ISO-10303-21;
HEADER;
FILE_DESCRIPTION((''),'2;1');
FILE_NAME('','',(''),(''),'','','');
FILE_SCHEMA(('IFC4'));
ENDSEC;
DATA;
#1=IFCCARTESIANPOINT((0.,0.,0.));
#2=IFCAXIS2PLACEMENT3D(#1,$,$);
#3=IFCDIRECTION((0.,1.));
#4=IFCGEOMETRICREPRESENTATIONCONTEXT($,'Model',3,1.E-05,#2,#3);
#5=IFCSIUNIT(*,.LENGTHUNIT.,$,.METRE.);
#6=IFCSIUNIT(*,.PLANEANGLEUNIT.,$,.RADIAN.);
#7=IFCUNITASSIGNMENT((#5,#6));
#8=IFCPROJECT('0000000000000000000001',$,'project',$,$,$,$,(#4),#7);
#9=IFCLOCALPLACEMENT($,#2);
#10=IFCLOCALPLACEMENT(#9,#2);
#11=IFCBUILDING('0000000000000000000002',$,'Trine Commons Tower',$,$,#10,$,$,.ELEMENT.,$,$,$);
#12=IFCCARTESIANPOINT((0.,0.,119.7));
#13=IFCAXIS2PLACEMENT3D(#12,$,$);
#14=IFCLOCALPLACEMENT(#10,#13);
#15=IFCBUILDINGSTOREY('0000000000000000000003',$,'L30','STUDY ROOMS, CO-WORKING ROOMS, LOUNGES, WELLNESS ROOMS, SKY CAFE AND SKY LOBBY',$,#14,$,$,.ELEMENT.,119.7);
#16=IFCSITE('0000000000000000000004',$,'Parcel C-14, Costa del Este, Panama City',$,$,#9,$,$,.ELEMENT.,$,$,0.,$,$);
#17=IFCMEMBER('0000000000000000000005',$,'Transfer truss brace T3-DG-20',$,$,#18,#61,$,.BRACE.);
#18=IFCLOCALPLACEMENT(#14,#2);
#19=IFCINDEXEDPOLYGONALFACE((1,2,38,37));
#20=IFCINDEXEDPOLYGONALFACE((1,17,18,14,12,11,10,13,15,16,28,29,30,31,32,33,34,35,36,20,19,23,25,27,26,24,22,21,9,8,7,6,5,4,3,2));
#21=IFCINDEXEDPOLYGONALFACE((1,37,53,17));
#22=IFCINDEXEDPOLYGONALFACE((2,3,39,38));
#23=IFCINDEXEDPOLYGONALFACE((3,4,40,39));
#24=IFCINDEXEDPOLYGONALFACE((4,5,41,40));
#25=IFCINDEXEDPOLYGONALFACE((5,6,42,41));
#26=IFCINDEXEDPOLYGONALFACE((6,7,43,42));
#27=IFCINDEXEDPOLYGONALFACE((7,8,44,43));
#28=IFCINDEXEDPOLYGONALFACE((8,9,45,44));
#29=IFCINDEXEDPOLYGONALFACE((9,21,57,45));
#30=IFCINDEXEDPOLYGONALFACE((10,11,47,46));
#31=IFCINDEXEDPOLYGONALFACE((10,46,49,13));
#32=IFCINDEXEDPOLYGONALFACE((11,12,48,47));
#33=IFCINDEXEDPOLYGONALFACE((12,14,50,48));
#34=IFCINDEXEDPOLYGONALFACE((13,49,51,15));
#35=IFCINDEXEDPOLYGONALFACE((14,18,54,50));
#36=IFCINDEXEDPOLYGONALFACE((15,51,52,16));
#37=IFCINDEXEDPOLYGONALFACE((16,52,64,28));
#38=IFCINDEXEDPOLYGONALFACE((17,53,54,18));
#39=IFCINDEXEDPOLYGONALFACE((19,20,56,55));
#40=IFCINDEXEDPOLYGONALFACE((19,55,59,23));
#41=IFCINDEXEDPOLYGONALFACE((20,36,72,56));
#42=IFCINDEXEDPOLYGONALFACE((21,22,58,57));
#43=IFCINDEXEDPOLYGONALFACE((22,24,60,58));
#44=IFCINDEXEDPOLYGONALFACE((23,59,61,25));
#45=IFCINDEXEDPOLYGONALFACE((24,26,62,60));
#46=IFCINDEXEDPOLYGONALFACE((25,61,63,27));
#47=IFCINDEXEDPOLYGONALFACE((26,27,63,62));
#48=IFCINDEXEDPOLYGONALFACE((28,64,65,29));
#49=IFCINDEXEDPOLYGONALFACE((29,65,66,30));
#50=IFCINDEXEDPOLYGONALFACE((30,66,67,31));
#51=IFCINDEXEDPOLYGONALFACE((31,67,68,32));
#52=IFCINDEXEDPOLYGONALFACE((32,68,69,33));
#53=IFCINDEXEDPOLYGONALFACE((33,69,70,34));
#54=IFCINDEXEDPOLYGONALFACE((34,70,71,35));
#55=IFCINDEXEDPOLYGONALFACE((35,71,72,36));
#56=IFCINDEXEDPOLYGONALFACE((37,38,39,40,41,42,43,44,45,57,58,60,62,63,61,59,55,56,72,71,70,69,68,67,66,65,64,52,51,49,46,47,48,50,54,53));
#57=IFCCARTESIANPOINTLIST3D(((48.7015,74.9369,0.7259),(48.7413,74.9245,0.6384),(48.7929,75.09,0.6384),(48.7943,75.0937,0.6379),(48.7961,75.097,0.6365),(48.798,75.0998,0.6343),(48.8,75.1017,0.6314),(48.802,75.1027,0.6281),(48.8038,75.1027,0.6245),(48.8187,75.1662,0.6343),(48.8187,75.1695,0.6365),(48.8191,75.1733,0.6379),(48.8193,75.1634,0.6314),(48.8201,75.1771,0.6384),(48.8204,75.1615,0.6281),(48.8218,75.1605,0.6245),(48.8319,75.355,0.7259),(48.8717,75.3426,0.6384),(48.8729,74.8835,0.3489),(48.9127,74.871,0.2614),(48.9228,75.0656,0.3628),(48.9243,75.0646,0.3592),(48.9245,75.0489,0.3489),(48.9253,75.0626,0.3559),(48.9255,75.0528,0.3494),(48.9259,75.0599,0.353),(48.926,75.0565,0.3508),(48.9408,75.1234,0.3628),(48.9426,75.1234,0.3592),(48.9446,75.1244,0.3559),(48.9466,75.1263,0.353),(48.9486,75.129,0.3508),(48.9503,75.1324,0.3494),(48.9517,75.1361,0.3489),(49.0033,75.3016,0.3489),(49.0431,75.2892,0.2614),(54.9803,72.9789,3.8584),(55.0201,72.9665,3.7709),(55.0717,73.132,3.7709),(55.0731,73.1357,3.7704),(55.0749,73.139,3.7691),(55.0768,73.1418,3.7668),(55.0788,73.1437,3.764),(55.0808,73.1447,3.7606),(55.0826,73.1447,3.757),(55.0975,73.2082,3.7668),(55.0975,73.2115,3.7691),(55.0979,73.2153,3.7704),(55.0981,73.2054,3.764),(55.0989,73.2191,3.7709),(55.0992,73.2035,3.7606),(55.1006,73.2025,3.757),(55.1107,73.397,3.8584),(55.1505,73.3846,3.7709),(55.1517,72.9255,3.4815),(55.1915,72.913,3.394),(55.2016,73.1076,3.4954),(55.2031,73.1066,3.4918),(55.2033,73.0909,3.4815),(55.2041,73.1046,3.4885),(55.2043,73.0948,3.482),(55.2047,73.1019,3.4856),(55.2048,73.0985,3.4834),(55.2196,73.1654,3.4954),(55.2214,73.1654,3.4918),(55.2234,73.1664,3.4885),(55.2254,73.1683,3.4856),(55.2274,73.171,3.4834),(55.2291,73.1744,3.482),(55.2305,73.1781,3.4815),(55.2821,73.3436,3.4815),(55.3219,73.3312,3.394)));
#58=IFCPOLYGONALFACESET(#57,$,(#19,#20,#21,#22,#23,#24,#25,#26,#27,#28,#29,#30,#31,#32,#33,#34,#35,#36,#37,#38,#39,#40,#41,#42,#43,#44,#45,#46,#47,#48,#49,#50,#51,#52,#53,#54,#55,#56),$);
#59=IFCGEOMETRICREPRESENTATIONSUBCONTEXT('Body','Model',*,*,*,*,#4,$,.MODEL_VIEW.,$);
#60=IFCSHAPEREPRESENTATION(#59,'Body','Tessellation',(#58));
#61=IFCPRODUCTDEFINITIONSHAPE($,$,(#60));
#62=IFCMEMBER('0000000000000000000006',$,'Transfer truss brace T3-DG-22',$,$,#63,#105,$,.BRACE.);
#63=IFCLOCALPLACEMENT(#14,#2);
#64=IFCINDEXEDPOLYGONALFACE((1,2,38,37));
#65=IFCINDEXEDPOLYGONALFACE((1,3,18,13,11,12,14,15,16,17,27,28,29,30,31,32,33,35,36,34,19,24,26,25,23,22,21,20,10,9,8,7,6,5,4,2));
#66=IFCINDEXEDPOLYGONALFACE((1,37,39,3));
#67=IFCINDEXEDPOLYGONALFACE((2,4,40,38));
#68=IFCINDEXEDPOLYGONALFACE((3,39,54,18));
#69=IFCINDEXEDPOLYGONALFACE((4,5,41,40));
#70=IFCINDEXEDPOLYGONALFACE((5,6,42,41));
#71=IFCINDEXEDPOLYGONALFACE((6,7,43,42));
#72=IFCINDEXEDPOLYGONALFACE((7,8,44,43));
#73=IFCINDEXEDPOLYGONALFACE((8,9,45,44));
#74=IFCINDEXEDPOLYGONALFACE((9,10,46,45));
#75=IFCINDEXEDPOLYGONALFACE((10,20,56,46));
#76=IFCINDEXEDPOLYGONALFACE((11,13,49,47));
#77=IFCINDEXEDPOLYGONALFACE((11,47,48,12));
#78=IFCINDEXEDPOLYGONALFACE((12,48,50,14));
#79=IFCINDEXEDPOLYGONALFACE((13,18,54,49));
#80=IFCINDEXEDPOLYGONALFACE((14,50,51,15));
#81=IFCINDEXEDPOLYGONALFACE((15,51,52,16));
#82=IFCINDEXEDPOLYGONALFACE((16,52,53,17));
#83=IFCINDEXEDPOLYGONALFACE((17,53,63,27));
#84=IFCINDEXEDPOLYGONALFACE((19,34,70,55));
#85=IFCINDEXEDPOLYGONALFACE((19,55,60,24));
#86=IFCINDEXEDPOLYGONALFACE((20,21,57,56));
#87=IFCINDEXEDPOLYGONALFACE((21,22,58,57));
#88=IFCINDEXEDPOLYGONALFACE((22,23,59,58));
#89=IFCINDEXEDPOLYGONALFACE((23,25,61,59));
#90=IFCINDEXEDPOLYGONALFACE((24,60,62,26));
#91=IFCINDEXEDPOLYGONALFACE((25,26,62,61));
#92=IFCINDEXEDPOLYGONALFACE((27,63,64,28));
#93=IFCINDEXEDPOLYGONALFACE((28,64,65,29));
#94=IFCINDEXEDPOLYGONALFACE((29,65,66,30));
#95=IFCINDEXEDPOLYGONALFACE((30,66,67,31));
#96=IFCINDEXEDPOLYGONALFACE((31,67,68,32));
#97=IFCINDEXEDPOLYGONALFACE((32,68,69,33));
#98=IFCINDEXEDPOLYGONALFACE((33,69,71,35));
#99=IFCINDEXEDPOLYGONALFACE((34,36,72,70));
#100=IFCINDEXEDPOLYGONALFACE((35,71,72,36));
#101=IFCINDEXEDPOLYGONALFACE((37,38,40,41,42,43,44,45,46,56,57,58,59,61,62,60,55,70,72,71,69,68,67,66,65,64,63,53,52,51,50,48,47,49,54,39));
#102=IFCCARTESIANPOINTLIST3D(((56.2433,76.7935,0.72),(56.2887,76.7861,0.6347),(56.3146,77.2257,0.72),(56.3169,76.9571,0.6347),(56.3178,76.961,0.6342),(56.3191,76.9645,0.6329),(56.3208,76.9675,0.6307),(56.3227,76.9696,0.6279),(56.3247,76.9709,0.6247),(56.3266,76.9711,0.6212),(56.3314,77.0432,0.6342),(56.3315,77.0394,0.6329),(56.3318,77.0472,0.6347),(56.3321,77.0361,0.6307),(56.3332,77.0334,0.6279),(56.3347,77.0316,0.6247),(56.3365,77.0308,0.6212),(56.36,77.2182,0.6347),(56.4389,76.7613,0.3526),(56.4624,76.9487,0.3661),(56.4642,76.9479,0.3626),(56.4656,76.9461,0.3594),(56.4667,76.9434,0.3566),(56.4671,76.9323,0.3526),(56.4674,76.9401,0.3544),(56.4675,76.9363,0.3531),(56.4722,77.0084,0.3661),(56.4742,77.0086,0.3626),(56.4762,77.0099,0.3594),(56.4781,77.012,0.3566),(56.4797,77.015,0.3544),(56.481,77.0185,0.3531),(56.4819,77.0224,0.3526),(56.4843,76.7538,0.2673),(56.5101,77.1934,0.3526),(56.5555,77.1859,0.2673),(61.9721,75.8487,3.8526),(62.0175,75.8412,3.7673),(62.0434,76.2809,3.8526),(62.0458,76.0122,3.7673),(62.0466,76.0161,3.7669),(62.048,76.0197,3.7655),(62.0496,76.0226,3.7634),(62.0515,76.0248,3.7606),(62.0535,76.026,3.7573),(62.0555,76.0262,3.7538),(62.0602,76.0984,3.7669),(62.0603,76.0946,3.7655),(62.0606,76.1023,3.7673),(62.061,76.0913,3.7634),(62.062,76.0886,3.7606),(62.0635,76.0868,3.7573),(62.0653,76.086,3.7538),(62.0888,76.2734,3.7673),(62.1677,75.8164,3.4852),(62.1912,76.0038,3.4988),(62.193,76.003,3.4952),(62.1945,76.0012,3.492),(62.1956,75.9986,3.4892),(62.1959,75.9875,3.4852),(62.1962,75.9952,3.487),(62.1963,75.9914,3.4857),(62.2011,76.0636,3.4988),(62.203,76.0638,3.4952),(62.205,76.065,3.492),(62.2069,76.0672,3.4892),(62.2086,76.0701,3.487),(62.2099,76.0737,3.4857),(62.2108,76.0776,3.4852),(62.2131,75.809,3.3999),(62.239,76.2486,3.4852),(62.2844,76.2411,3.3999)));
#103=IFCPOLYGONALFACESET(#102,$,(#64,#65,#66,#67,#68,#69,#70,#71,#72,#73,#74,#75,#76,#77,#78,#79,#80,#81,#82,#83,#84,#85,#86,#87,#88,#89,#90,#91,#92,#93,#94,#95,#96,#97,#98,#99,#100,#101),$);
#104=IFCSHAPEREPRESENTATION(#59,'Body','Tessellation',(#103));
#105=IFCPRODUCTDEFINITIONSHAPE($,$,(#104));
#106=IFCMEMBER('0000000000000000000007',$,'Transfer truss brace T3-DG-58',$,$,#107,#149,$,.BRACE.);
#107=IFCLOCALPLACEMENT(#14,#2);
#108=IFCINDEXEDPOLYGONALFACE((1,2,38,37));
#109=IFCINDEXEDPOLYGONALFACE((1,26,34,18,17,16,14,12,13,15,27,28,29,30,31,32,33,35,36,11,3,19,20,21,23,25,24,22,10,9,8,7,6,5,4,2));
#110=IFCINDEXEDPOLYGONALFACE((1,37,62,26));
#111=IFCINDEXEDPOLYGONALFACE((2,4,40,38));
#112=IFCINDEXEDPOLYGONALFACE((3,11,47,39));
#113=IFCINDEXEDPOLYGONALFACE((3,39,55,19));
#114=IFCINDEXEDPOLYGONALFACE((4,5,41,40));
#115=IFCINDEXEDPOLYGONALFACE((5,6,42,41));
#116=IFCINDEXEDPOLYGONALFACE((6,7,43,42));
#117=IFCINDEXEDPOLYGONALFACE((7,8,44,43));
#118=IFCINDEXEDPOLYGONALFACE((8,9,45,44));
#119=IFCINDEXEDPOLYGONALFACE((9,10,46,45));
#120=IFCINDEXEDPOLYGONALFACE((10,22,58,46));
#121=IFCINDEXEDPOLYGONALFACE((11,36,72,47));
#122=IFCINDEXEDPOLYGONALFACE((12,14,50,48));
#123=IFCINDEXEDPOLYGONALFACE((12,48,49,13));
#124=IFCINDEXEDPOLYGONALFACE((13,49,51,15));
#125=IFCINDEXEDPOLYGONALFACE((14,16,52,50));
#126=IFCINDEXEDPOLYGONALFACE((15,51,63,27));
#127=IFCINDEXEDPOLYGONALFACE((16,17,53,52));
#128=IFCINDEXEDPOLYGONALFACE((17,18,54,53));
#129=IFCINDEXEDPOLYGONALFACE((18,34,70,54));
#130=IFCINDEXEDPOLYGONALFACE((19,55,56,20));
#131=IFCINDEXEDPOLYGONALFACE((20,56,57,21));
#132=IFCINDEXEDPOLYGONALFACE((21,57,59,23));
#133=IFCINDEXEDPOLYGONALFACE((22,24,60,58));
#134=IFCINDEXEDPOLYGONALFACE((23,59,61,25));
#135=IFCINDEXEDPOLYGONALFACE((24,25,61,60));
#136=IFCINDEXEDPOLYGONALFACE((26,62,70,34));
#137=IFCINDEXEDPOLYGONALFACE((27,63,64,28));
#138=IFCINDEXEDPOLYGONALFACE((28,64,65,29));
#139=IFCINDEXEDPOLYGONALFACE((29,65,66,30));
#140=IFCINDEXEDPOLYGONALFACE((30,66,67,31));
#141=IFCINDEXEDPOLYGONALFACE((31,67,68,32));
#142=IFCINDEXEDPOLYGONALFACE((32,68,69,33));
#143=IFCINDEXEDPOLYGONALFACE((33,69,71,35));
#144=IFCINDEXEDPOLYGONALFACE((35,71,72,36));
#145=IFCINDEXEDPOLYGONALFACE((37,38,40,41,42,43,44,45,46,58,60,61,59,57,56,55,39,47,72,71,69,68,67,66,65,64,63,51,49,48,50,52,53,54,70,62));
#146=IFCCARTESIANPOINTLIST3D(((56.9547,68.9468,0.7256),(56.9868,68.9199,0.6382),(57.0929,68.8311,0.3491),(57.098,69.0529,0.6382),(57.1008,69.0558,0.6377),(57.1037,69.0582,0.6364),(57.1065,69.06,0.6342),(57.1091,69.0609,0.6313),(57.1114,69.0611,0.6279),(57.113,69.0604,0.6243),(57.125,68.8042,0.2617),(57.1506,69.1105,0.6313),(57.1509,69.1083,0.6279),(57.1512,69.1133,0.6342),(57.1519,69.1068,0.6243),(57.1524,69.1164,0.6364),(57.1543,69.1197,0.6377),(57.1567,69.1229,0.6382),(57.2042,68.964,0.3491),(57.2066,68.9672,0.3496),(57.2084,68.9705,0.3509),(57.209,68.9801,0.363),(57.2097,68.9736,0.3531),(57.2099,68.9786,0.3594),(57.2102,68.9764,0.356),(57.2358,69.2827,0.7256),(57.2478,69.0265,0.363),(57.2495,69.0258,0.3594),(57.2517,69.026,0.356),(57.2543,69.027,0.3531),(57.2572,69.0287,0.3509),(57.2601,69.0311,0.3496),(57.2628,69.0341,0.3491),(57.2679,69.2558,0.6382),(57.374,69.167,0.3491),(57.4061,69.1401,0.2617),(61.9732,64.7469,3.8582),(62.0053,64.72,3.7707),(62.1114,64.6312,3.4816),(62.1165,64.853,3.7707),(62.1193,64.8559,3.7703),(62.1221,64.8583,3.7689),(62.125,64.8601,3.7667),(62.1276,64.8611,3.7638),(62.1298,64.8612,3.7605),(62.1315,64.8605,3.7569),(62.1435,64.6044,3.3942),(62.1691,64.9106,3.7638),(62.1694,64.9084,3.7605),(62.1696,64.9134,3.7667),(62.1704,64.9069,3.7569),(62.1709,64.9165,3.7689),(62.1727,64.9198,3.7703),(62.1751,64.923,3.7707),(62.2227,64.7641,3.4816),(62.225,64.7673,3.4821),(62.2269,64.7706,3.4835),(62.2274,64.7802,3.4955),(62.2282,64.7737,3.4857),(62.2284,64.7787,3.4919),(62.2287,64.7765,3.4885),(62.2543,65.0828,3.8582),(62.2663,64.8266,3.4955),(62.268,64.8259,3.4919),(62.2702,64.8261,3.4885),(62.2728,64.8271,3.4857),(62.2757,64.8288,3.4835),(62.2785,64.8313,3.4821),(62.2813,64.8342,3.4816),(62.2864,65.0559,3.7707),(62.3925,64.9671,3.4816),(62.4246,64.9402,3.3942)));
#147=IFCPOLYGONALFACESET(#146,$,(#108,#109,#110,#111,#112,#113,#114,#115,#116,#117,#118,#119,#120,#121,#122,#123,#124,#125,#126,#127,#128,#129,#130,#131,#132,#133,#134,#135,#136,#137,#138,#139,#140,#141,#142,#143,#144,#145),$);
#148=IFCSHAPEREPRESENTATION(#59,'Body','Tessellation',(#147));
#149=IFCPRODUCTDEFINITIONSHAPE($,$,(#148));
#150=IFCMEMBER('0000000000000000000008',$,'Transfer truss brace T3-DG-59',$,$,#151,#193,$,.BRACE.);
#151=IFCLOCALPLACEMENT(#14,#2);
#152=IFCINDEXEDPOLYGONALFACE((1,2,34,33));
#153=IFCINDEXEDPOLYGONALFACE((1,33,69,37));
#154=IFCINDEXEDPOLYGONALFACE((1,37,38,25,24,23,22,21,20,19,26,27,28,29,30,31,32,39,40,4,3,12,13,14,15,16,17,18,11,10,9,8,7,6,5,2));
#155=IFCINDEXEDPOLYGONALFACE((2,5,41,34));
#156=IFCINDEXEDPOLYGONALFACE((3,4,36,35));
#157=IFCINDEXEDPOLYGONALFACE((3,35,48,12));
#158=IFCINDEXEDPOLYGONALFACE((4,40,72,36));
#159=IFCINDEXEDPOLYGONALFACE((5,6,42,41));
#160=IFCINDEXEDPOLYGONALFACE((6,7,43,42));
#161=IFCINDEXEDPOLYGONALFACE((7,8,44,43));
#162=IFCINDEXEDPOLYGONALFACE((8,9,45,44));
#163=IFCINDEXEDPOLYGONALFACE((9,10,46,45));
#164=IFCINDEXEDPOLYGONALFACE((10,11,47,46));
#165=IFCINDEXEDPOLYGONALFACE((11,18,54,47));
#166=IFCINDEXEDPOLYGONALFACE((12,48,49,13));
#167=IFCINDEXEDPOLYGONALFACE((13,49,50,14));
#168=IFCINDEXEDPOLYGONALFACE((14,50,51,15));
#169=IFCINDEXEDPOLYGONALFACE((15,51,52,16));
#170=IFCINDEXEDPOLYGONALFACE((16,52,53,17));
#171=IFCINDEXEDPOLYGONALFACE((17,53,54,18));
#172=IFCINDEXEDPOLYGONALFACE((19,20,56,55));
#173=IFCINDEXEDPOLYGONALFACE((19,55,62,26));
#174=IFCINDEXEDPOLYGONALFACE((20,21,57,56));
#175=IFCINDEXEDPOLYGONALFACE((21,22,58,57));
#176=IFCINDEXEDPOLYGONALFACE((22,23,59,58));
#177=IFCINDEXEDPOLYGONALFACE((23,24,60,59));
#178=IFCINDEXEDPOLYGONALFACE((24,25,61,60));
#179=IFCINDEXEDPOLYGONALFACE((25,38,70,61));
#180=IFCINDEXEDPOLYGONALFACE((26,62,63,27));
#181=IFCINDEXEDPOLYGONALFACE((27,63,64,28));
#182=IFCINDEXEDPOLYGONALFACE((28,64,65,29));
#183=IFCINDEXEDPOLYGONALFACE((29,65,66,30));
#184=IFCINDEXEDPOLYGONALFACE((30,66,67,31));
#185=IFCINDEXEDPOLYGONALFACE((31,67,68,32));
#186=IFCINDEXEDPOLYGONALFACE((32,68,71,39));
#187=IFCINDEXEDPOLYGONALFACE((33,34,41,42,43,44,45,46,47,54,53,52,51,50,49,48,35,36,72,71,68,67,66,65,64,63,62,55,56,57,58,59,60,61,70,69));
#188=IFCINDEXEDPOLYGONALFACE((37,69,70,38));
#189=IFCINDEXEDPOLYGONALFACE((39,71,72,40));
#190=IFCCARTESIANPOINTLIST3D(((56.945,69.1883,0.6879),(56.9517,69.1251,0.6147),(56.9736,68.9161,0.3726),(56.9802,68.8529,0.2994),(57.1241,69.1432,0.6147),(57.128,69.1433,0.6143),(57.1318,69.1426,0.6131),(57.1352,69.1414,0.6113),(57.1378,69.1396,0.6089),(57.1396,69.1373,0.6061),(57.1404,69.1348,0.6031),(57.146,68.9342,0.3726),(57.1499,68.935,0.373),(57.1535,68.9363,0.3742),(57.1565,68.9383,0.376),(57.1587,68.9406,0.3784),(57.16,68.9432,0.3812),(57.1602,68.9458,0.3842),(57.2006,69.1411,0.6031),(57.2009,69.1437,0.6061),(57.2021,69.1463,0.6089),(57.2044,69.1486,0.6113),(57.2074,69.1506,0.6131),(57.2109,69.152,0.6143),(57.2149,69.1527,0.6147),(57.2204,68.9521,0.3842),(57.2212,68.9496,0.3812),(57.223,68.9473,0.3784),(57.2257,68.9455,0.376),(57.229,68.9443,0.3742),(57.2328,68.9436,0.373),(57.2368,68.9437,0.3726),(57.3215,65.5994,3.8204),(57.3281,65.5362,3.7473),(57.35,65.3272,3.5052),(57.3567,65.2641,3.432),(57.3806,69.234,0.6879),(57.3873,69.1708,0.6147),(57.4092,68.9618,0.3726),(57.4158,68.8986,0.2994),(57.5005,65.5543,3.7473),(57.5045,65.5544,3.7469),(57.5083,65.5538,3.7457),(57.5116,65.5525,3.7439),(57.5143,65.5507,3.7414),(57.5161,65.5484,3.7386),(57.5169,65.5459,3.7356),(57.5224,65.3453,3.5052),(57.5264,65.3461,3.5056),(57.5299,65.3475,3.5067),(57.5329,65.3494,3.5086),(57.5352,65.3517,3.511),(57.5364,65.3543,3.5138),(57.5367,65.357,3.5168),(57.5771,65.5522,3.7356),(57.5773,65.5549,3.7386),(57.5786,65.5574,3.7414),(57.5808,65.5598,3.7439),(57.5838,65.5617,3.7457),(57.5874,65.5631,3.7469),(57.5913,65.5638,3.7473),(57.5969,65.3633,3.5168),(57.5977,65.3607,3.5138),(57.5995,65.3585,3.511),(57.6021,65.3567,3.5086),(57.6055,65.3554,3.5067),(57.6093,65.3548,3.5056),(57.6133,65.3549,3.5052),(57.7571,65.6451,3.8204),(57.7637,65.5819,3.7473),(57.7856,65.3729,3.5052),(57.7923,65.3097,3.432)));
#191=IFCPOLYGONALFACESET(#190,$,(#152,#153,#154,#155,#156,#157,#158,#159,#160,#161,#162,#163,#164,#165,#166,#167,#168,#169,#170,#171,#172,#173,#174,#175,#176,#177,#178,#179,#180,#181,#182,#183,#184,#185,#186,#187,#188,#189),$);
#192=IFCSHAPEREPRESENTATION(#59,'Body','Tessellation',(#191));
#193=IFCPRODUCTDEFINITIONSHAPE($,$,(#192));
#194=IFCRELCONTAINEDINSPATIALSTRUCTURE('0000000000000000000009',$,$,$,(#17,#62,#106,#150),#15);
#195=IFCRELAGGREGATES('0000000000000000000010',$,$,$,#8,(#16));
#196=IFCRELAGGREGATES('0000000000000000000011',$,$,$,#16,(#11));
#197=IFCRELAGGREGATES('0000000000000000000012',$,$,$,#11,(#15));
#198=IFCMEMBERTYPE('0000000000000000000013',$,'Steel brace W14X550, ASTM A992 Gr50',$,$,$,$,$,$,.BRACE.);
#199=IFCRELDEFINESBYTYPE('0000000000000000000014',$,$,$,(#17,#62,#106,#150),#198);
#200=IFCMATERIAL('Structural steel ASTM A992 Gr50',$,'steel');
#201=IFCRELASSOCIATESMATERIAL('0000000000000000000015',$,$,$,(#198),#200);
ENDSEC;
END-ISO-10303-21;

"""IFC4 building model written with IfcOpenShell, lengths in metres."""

from ifc_helpers import new_model, si_unit, direction, frame, origin, origin_2d, place, context, subcontext, project, spatial, i_section, extrude, material, material_profile, profile_set, type_object, element, save


model = new_model("IFC4")

# Units and contexts
model_context = context("Model", 3, precision=1e-05, world=origin(), true_north=direction((0.0, 1.0)))
body_context = subcontext(model_context, "Body", "Model", "MODEL_VIEW")
ifc_project = project(units=[si_unit("LENGTHUNIT", "METRE"), si_unit("PLANEANGLEUNIT", "RADIAN")], contexts=[model_context])

# Site, building, storey
site_placement = place(None, origin())
site = spatial("IfcSite", under=ifc_project, at=site_placement, Name="Parcel C-14, Costa del Este, Panama City", CompositionType="ELEMENT", RefElevation=0.0)
building_placement = place(site_placement, origin())
building = spatial("IfcBuilding", under=site, at=building_placement, Name="Trine Commons Tower", CompositionType="ELEMENT")
storey_placement = place(building_placement, frame((0.0, 0.0, 119.7)))
storey = spatial("IfcBuildingStorey", under=building, at=storey_placement, Name="L30", Description="STUDY ROOMS, CO-WORKING ROOMS, LOUNGES, WELLNESS ROOMS, SKY CAFE AND SKY LOBBY", CompositionType="ELEMENT", Elevation=119.7)

# Shared definitions
ifc_material_1 = material(Name="Structural steel ASTM A992 Gr50", Category="steel")

# Members
ifc_material_profile_1 = material_profile(ifc_material_1, i_section(OverallWidth=0.438, OverallDepth=0.5144, WebThickness=0.0605, FlangeThickness=0.0969, FilletRadius=0.0154, at=origin_2d()), Name="W14X550")
ifc_profile_set_1 = profile_set([ifc_material_profile_1], Name="Structural steel ASTM A992 Gr50")
member_type_1 = type_object("IfcMemberType", Name="Steel brace W14X550, ASTM A992 Gr50", PredefinedType="BRACE", material=ifc_profile_set_1)
member_1_placement = place(storey_placement, frame((48.8723, 75.113, 0.4937), z_axis=(0.86189, -0.268775, 0.430007), x_axis=(0.297704, 0.954658, 0.0)))
element("IfcMember", 1, at=member_1_placement, inside=storey, type_object=member_type_1, Name="Transfer truss brace T3-DG-20", PredefinedType="BRACE", context=body_context, shape_type="SweptSolid", body=[
    extrude(i_section(OverallWidth=0.438, OverallDepth=0.5144, WebThickness=0.0605, FlangeThickness=0.0969, FilletRadius=0.0154, at=origin_2d()), origin(), (0.0, 0.0, 1.0), 7.2849),
])
member_2_placement = place(storey_placement, frame((56.3994, 76.9897, 0.4937), z_axis=(0.868349, -0.143214, 0.474826), x_axis=(0.162728, 0.986671, 0.0)))
element("IfcMember", 2, at=member_2_placement, inside=storey, type_object=member_type_1, Name="Transfer truss brace T3-DG-22", PredefinedType="BRACE", context=body_context, shape_type="SweptSolid", body=[
    extrude(i_section(OverallWidth=0.438, OverallDepth=0.5144, WebThickness=0.0605, FlangeThickness=0.0969, FilletRadius=0.0154, at=origin_2d()), origin(), (0.0, 0.0, 1.0), 6.5974),
])
member_3_placement = place(storey_placement, frame((57.1804, 69.0435, 0.4937), z_axis=(0.691715, -0.578885, 0.431767), x_axis=(0.64179, 0.76688, 0.0)))
element("IfcMember", 3, at=member_3_placement, inside=storey, type_object=member_type_1, Name="Transfer truss brace T3-DG-58", PredefinedType="BRACE", context=body_context, shape_type="SweptSolid", body=[
    extrude(i_section(OverallWidth=0.438, OverallDepth=0.5144, WebThickness=0.0605, FlangeThickness=0.0969, FilletRadius=0.0154, at=origin_2d()), origin(), (0.0, 0.0, 1.0), 7.2551),
])
member_4_placement = place(storey_placement, frame((57.1804, 69.0435, 0.4937), z_axis=(0.078782, -0.751035, 0.655546), x_axis=(0.994543, 0.104326, 0.0)))
element("IfcMember", 4, at=member_4_placement, inside=storey, type_object=member_type_1, Name="Transfer truss brace T3-DG-59", PredefinedType="BRACE", context=body_context, shape_type="SweptSolid", body=[
    extrude(i_section(OverallWidth=0.438, OverallDepth=0.5144, WebThickness=0.0605, FlangeThickness=0.0969, FilletRadius=0.0154, at=origin_2d()), origin(), (0.0, 0.0, 1.0), 4.7786),
])

save(model, "model.ifc")
